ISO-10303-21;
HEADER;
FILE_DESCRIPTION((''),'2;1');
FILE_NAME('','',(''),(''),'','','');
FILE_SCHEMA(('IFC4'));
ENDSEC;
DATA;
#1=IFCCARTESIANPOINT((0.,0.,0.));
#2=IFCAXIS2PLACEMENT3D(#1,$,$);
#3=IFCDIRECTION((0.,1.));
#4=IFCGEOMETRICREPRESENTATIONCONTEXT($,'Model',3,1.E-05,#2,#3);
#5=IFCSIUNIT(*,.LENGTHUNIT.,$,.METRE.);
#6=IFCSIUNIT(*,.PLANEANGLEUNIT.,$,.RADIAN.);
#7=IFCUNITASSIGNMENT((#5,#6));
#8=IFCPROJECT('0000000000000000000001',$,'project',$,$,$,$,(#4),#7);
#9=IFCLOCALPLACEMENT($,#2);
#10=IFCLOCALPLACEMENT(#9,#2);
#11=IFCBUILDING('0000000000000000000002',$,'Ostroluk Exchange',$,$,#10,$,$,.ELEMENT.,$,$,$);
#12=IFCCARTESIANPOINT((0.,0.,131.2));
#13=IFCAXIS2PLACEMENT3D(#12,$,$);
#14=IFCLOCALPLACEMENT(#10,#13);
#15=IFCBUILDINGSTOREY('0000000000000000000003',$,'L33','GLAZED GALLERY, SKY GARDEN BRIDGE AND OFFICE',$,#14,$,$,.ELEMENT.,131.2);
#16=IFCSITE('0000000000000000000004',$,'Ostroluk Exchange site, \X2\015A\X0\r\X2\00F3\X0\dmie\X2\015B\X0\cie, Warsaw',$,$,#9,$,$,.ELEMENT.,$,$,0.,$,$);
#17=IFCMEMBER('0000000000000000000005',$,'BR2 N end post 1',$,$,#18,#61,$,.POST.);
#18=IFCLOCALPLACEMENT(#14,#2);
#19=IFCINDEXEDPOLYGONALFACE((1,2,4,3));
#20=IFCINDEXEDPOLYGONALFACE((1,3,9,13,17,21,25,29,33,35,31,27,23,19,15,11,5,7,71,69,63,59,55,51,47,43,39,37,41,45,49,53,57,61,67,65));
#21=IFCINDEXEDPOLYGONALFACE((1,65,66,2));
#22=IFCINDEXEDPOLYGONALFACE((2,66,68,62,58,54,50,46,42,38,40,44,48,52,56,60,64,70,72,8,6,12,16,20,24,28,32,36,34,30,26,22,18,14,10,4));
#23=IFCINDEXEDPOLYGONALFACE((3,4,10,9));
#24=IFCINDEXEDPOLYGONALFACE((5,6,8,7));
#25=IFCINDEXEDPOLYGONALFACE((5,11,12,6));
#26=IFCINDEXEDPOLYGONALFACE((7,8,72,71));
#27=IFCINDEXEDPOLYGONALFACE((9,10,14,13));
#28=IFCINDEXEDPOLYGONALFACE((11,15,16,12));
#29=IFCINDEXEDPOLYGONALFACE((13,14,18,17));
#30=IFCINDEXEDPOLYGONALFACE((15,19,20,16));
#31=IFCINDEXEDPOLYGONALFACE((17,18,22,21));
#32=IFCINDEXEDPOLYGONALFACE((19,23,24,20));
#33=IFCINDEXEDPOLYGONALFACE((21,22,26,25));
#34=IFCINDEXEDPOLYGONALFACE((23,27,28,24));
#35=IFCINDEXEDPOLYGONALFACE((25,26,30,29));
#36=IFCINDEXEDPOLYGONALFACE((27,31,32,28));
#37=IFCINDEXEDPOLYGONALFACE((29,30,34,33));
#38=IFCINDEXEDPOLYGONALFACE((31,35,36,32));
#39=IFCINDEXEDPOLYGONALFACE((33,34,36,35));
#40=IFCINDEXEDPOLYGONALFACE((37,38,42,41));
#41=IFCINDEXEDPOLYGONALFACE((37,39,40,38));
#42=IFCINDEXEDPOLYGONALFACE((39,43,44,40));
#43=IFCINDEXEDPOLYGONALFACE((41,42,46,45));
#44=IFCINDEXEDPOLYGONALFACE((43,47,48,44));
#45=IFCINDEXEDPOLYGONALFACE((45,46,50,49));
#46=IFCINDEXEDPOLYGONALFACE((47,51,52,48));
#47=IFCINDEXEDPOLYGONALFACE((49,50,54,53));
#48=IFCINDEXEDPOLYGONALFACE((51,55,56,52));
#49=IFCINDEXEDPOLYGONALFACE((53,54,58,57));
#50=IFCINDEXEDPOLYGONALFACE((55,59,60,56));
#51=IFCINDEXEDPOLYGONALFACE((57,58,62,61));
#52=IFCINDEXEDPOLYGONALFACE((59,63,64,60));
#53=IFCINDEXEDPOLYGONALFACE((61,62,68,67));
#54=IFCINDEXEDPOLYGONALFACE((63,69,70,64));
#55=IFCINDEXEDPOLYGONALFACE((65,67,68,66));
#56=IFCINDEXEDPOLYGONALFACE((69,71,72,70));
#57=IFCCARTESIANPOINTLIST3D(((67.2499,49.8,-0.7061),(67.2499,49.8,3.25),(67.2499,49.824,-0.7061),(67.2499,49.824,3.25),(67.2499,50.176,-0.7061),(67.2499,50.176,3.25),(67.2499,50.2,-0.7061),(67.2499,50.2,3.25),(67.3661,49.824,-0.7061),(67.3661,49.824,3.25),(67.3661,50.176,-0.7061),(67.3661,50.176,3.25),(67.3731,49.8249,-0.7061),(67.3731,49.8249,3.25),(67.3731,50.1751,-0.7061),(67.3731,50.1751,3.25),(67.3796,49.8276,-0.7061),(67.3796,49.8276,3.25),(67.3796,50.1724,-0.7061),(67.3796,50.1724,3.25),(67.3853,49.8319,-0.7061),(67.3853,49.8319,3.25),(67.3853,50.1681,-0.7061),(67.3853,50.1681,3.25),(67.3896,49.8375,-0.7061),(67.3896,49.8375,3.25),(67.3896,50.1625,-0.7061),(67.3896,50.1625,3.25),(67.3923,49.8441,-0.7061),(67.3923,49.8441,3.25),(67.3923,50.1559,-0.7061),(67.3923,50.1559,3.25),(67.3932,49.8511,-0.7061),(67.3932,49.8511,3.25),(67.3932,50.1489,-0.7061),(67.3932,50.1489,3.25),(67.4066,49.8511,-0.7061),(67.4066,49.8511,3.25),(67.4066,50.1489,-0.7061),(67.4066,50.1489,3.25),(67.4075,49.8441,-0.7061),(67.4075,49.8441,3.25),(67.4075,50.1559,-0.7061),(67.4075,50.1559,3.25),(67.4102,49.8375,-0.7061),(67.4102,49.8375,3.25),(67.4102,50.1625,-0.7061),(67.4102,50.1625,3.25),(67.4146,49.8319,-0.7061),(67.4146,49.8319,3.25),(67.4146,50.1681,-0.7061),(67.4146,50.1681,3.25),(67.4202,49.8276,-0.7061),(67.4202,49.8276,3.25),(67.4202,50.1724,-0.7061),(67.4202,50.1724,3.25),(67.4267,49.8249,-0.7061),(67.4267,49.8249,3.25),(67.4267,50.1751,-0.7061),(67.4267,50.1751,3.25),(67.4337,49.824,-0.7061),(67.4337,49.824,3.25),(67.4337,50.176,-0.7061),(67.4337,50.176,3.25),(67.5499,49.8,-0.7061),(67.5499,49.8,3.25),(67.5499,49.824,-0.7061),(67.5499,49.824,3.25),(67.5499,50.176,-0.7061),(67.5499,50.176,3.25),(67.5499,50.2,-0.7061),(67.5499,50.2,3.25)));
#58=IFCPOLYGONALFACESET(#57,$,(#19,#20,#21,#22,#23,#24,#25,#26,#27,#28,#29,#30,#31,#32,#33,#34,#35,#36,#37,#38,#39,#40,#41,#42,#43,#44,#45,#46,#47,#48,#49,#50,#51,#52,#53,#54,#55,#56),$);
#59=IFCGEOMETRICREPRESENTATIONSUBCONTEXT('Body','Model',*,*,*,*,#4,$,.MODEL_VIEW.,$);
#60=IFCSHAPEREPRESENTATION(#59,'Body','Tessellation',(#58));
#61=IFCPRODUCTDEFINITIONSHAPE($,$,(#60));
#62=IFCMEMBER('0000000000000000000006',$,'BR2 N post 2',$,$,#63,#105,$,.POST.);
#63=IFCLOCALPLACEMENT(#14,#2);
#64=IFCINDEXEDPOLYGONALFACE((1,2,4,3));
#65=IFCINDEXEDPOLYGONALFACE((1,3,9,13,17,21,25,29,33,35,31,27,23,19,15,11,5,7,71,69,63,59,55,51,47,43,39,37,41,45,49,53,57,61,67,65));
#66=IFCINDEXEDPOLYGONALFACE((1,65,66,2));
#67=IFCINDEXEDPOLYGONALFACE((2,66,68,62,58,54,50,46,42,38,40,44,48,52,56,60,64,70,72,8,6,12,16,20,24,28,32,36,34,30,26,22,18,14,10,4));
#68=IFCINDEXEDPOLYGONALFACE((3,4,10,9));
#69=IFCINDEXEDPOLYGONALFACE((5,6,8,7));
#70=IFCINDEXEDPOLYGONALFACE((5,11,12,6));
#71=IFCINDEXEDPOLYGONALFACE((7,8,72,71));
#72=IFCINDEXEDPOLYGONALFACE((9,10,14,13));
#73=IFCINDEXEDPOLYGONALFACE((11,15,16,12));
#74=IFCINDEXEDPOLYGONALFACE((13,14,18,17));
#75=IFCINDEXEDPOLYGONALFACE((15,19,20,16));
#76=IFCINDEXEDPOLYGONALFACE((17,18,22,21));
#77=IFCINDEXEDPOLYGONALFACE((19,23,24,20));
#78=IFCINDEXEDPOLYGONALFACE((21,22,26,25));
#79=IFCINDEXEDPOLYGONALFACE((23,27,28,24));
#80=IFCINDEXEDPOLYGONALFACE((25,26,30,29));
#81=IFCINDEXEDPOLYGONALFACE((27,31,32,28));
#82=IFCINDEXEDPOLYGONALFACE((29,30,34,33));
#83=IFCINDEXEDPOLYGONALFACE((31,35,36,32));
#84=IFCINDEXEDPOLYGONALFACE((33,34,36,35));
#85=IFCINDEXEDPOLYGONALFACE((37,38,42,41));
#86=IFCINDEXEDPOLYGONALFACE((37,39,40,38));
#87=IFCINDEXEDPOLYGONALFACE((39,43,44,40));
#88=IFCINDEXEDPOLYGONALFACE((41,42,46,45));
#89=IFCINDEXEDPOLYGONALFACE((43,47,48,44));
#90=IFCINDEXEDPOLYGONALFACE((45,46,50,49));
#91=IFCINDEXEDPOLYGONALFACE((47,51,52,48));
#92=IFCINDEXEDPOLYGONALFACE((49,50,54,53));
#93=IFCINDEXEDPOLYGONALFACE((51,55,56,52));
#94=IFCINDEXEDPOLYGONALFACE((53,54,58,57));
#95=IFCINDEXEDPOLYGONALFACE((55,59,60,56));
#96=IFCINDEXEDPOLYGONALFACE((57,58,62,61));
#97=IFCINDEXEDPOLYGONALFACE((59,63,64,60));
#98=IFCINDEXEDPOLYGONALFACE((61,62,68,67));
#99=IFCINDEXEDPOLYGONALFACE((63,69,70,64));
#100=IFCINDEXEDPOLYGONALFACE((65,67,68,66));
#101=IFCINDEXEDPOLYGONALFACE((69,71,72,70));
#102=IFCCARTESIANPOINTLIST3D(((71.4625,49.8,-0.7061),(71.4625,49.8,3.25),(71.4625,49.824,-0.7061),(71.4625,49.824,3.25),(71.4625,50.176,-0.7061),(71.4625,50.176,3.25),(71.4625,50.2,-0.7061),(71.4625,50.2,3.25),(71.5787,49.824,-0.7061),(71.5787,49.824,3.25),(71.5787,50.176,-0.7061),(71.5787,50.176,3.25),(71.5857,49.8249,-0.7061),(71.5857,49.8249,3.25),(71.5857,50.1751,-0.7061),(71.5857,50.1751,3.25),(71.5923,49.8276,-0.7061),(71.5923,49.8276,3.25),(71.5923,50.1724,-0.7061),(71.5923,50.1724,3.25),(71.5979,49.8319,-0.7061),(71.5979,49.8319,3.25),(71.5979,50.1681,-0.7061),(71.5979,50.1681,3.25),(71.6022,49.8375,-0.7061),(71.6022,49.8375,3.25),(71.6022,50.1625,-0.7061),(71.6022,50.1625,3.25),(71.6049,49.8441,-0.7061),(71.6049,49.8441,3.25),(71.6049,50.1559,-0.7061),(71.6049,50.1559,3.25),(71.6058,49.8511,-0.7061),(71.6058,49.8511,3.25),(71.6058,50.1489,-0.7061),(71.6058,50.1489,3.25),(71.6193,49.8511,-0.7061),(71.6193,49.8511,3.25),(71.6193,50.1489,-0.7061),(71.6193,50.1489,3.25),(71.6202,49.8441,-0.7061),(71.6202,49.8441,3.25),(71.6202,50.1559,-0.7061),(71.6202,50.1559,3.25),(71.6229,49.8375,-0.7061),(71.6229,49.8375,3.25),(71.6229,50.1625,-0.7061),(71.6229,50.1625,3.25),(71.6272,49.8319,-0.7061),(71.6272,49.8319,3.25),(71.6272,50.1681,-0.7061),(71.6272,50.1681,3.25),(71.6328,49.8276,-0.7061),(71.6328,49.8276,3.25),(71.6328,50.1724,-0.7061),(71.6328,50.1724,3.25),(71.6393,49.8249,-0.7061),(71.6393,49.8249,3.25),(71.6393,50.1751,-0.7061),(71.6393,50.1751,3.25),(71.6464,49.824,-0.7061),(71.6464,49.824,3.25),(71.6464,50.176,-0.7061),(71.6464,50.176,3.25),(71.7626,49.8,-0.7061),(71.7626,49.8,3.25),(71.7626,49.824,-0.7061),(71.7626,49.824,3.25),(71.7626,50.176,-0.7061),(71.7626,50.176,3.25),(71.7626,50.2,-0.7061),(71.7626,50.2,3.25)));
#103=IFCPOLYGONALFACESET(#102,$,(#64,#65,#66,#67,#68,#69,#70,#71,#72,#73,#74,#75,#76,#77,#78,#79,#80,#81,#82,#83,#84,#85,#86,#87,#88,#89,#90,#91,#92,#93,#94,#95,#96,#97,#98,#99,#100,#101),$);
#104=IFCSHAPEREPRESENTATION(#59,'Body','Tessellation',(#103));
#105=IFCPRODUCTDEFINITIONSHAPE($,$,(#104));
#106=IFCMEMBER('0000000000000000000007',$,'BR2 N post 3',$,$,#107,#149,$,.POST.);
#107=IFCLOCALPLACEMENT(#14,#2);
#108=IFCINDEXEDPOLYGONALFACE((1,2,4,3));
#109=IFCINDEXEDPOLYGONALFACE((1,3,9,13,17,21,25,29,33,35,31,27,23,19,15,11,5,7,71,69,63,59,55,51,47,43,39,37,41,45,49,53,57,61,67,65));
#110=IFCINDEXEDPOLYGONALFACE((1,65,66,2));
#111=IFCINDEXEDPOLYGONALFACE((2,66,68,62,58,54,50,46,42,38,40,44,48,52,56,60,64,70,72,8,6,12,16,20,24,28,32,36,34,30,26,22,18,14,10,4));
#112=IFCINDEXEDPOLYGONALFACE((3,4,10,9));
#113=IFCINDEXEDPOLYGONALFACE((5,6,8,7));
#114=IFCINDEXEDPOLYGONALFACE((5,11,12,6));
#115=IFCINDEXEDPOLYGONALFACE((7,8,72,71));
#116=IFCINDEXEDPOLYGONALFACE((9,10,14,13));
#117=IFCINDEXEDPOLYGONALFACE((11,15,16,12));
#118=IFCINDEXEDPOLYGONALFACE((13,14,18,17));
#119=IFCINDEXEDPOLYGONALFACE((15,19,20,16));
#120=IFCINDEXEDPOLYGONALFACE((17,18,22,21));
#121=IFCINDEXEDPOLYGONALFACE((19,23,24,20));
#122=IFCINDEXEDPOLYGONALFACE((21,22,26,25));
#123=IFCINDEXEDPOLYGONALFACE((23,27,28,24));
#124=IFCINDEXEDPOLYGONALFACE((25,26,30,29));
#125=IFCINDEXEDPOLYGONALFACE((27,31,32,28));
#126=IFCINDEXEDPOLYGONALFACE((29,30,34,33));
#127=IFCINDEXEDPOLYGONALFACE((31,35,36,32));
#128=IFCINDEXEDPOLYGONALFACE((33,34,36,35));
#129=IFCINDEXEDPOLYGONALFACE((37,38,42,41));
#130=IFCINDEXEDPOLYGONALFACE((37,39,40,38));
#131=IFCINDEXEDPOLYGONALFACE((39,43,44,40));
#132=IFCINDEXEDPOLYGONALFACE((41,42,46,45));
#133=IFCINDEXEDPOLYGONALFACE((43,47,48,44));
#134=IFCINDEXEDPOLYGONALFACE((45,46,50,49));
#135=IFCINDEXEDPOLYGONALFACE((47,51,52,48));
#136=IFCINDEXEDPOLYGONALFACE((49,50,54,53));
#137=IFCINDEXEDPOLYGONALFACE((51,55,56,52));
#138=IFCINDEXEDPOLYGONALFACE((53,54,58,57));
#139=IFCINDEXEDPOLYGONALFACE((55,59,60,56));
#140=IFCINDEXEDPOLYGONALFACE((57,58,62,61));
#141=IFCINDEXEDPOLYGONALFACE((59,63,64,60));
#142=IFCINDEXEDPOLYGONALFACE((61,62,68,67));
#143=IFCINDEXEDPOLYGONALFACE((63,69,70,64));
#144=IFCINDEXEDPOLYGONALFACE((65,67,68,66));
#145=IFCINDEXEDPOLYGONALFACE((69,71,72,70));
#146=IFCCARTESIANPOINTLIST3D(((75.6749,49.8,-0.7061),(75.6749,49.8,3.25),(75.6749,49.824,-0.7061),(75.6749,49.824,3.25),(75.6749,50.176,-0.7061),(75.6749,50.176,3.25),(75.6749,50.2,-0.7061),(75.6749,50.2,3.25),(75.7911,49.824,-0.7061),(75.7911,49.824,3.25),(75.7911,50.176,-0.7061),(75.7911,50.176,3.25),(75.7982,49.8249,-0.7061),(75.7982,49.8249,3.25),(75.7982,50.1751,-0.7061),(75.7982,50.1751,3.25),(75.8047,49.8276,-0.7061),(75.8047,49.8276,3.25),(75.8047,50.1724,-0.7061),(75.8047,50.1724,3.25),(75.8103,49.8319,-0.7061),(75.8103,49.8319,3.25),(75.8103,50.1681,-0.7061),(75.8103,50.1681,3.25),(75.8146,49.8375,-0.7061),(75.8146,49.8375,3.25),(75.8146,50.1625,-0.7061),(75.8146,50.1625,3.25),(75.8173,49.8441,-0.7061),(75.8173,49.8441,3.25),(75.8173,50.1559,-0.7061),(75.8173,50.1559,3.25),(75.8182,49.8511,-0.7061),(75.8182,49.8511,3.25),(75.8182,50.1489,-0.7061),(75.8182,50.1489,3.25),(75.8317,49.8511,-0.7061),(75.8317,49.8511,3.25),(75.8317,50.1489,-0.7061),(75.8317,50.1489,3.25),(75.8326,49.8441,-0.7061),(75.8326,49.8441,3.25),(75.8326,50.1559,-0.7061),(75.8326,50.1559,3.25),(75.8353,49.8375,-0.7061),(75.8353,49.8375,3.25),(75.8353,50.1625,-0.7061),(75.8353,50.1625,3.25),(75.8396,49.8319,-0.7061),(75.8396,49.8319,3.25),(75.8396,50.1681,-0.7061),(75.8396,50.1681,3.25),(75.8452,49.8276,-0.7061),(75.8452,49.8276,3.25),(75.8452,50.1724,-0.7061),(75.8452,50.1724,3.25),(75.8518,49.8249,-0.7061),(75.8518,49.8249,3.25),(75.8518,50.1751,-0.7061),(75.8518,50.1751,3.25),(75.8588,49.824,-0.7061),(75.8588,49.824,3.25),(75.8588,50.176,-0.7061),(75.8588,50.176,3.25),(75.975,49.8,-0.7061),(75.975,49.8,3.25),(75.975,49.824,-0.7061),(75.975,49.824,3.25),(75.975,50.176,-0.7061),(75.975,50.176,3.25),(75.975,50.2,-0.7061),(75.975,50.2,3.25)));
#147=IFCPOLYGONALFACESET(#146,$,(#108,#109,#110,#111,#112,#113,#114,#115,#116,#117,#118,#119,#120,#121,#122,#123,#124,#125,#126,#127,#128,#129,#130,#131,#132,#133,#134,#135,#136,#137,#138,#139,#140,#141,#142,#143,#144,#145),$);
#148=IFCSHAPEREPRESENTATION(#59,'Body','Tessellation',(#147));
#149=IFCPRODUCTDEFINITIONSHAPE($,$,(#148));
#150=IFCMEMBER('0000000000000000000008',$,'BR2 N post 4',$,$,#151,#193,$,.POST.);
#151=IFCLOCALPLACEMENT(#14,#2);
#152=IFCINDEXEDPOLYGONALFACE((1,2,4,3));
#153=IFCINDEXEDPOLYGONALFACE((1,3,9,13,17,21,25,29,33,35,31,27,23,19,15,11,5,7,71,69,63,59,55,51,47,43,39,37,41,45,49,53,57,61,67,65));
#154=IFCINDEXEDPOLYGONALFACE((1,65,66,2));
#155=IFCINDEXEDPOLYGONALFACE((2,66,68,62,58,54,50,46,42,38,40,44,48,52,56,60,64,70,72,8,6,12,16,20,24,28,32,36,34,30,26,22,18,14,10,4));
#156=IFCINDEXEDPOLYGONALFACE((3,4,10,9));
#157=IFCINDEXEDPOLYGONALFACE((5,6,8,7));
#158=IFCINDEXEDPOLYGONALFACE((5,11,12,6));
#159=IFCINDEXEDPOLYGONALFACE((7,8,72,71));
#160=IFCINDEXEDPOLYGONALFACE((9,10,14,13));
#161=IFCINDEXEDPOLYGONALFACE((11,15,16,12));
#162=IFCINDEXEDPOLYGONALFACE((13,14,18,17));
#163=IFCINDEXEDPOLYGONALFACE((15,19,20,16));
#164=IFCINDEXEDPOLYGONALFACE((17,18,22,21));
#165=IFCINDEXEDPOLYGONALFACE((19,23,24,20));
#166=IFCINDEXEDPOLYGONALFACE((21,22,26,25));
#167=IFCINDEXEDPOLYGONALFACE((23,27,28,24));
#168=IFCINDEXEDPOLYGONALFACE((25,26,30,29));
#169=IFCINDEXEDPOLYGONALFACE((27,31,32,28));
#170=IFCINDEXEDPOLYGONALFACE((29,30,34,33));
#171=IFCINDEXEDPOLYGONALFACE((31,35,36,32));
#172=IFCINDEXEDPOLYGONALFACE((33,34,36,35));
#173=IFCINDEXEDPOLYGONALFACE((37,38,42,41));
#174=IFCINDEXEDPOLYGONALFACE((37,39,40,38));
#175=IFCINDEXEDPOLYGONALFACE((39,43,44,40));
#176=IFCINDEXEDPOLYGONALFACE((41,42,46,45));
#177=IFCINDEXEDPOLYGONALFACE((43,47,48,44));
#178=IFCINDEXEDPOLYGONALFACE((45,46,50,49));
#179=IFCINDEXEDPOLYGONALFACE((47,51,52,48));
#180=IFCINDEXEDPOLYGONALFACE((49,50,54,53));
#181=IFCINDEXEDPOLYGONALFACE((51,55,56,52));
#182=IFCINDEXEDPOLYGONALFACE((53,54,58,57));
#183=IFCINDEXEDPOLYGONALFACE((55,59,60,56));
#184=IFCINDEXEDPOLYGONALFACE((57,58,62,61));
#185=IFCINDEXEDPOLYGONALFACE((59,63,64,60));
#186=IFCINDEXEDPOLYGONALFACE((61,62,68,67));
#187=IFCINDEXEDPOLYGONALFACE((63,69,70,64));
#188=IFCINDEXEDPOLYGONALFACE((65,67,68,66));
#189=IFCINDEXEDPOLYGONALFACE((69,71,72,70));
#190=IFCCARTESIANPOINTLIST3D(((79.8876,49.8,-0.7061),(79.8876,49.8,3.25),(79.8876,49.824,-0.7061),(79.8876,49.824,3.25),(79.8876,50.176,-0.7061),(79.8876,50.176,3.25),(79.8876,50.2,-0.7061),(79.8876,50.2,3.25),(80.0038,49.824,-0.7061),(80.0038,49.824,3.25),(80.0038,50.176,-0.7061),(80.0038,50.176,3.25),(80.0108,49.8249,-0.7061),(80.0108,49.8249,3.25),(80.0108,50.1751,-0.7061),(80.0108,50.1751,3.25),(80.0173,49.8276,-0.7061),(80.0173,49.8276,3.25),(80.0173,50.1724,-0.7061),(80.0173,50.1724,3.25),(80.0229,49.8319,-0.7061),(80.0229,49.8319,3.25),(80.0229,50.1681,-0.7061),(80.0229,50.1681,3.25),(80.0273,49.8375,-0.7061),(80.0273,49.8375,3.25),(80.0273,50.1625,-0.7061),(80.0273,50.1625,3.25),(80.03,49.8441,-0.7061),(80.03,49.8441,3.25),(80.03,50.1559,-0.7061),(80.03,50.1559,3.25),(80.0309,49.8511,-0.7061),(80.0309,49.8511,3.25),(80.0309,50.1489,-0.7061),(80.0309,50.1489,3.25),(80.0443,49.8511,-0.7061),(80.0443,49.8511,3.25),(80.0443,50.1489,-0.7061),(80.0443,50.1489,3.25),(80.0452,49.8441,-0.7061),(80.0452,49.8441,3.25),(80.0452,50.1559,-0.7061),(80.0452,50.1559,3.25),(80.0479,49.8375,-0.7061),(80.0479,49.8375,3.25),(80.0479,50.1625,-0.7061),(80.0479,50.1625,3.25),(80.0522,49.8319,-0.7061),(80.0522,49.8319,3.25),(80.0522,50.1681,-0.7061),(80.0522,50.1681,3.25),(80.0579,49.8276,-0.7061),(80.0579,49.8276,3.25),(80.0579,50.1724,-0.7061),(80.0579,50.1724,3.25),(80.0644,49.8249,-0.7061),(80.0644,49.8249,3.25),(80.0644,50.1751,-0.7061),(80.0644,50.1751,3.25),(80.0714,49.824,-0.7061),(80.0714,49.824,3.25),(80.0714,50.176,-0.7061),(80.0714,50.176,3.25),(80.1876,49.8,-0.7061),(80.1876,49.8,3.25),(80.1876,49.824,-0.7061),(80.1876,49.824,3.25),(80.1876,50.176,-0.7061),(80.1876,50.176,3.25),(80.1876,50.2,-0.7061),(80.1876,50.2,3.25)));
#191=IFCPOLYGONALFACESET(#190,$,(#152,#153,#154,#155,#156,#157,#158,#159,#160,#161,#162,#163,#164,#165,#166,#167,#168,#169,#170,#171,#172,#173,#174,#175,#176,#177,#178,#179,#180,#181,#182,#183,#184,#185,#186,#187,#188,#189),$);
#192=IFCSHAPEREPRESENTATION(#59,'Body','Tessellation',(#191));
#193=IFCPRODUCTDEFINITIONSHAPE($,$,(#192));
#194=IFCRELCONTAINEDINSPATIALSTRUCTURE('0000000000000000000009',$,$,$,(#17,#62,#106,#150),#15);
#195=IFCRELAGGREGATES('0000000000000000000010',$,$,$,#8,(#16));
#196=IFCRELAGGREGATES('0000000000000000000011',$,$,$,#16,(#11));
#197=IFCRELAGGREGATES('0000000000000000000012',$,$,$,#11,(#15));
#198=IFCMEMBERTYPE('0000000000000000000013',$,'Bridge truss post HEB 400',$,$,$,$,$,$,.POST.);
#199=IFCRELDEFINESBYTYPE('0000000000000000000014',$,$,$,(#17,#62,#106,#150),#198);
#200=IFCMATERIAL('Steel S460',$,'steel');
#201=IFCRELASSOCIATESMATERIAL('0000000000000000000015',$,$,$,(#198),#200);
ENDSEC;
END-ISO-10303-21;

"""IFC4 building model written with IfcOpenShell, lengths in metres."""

from ifc_helpers import new_model, si_unit, direction, frame, origin, origin_2d, place, context, subcontext, project, spatial, i_section, extrude, material, material_profile, profile_set, type_object, element, save


model = new_model("IFC4")

# Units and contexts
model_context = context("Model", 3, precision=1e-05, world=origin(), true_north=direction((0.0, 1.0)))
body_context = subcontext(model_context, "Body", "Model", "MODEL_VIEW")
ifc_project = project(units=[si_unit("LENGTHUNIT", "METRE"), si_unit("PLANEANGLEUNIT", "RADIAN")], contexts=[model_context])

# Site, building, storey
site_placement = place(None, origin())
site = spatial("IfcSite", under=ifc_project, at=site_placement, Name="Ostroluk Exchange site, Śródmieście, Warsaw", CompositionType="ELEMENT", RefElevation=0.0)
building_placement = place(site_placement, origin())
building = spatial("IfcBuilding", under=site, at=building_placement, Name="Ostroluk Exchange", CompositionType="ELEMENT")
storey_placement = place(building_placement, frame((0.0, 0.0, 131.2)))
storey = spatial("IfcBuildingStorey", under=building, at=storey_placement, Name="L33", Description="GLAZED GALLERY, SKY GARDEN BRIDGE AND OFFICE", CompositionType="ELEMENT", Elevation=131.2)

# Members
ifc_material_1 = material(Name="Steel S460", Category="steel")
ifc_material_profile_1 = material_profile(ifc_material_1, i_section(OverallWidth=0.3, OverallDepth=0.3999, WebThickness=0.0134, FlangeThickness=0.0239, FilletRadius=0.0271, at=origin_2d()), Name="HEB 400")
ifc_profile_set_1 = profile_set([ifc_material_profile_1], Name="Steel S460")
member_type_1 = type_object("IfcMemberType", Name="Bridge truss post HEB 400", PredefinedType="POST", material=ifc_profile_set_1)
for number, where, z_axis, x_axis, name in (
    (1, (67.3999, 50.0, -0.7061), (0.0, 0.0, 1.0), (1.0, 0.0, 0.0), "BR2 N end post 1"),
    (2, (71.6125, 50.0, -0.7061), (0.0, 0.0, 1.0), (1.0, 0.0, 0.0), "BR2 N post 2"),
    (3, (75.825, 50.0, -0.7061), (0.0, 0.0, 1.0), (1.0, 0.0, 0.0), "BR2 N post 3"),
    (4, (80.0376, 50.0, -0.7061), (0.0, 0.0, 1.0), (1.0, 0.0, 0.0), "BR2 N post 4"),
):
    element("IfcMember", number, at=place(storey_placement, frame(where, z_axis=z_axis, x_axis=x_axis)), inside=storey, type_object=member_type_1, Name=name, PredefinedType="POST", context=body_context, shape_type="SweptSolid", body=[
        extrude(i_section(OverallWidth=0.3, OverallDepth=0.3999, WebThickness=0.0134, FlangeThickness=0.0239, FilletRadius=0.0271, at=origin_2d()), origin(), (0.0, 0.0, 1.0), 3.9561),
    ])

save(model, "model.ifc")
